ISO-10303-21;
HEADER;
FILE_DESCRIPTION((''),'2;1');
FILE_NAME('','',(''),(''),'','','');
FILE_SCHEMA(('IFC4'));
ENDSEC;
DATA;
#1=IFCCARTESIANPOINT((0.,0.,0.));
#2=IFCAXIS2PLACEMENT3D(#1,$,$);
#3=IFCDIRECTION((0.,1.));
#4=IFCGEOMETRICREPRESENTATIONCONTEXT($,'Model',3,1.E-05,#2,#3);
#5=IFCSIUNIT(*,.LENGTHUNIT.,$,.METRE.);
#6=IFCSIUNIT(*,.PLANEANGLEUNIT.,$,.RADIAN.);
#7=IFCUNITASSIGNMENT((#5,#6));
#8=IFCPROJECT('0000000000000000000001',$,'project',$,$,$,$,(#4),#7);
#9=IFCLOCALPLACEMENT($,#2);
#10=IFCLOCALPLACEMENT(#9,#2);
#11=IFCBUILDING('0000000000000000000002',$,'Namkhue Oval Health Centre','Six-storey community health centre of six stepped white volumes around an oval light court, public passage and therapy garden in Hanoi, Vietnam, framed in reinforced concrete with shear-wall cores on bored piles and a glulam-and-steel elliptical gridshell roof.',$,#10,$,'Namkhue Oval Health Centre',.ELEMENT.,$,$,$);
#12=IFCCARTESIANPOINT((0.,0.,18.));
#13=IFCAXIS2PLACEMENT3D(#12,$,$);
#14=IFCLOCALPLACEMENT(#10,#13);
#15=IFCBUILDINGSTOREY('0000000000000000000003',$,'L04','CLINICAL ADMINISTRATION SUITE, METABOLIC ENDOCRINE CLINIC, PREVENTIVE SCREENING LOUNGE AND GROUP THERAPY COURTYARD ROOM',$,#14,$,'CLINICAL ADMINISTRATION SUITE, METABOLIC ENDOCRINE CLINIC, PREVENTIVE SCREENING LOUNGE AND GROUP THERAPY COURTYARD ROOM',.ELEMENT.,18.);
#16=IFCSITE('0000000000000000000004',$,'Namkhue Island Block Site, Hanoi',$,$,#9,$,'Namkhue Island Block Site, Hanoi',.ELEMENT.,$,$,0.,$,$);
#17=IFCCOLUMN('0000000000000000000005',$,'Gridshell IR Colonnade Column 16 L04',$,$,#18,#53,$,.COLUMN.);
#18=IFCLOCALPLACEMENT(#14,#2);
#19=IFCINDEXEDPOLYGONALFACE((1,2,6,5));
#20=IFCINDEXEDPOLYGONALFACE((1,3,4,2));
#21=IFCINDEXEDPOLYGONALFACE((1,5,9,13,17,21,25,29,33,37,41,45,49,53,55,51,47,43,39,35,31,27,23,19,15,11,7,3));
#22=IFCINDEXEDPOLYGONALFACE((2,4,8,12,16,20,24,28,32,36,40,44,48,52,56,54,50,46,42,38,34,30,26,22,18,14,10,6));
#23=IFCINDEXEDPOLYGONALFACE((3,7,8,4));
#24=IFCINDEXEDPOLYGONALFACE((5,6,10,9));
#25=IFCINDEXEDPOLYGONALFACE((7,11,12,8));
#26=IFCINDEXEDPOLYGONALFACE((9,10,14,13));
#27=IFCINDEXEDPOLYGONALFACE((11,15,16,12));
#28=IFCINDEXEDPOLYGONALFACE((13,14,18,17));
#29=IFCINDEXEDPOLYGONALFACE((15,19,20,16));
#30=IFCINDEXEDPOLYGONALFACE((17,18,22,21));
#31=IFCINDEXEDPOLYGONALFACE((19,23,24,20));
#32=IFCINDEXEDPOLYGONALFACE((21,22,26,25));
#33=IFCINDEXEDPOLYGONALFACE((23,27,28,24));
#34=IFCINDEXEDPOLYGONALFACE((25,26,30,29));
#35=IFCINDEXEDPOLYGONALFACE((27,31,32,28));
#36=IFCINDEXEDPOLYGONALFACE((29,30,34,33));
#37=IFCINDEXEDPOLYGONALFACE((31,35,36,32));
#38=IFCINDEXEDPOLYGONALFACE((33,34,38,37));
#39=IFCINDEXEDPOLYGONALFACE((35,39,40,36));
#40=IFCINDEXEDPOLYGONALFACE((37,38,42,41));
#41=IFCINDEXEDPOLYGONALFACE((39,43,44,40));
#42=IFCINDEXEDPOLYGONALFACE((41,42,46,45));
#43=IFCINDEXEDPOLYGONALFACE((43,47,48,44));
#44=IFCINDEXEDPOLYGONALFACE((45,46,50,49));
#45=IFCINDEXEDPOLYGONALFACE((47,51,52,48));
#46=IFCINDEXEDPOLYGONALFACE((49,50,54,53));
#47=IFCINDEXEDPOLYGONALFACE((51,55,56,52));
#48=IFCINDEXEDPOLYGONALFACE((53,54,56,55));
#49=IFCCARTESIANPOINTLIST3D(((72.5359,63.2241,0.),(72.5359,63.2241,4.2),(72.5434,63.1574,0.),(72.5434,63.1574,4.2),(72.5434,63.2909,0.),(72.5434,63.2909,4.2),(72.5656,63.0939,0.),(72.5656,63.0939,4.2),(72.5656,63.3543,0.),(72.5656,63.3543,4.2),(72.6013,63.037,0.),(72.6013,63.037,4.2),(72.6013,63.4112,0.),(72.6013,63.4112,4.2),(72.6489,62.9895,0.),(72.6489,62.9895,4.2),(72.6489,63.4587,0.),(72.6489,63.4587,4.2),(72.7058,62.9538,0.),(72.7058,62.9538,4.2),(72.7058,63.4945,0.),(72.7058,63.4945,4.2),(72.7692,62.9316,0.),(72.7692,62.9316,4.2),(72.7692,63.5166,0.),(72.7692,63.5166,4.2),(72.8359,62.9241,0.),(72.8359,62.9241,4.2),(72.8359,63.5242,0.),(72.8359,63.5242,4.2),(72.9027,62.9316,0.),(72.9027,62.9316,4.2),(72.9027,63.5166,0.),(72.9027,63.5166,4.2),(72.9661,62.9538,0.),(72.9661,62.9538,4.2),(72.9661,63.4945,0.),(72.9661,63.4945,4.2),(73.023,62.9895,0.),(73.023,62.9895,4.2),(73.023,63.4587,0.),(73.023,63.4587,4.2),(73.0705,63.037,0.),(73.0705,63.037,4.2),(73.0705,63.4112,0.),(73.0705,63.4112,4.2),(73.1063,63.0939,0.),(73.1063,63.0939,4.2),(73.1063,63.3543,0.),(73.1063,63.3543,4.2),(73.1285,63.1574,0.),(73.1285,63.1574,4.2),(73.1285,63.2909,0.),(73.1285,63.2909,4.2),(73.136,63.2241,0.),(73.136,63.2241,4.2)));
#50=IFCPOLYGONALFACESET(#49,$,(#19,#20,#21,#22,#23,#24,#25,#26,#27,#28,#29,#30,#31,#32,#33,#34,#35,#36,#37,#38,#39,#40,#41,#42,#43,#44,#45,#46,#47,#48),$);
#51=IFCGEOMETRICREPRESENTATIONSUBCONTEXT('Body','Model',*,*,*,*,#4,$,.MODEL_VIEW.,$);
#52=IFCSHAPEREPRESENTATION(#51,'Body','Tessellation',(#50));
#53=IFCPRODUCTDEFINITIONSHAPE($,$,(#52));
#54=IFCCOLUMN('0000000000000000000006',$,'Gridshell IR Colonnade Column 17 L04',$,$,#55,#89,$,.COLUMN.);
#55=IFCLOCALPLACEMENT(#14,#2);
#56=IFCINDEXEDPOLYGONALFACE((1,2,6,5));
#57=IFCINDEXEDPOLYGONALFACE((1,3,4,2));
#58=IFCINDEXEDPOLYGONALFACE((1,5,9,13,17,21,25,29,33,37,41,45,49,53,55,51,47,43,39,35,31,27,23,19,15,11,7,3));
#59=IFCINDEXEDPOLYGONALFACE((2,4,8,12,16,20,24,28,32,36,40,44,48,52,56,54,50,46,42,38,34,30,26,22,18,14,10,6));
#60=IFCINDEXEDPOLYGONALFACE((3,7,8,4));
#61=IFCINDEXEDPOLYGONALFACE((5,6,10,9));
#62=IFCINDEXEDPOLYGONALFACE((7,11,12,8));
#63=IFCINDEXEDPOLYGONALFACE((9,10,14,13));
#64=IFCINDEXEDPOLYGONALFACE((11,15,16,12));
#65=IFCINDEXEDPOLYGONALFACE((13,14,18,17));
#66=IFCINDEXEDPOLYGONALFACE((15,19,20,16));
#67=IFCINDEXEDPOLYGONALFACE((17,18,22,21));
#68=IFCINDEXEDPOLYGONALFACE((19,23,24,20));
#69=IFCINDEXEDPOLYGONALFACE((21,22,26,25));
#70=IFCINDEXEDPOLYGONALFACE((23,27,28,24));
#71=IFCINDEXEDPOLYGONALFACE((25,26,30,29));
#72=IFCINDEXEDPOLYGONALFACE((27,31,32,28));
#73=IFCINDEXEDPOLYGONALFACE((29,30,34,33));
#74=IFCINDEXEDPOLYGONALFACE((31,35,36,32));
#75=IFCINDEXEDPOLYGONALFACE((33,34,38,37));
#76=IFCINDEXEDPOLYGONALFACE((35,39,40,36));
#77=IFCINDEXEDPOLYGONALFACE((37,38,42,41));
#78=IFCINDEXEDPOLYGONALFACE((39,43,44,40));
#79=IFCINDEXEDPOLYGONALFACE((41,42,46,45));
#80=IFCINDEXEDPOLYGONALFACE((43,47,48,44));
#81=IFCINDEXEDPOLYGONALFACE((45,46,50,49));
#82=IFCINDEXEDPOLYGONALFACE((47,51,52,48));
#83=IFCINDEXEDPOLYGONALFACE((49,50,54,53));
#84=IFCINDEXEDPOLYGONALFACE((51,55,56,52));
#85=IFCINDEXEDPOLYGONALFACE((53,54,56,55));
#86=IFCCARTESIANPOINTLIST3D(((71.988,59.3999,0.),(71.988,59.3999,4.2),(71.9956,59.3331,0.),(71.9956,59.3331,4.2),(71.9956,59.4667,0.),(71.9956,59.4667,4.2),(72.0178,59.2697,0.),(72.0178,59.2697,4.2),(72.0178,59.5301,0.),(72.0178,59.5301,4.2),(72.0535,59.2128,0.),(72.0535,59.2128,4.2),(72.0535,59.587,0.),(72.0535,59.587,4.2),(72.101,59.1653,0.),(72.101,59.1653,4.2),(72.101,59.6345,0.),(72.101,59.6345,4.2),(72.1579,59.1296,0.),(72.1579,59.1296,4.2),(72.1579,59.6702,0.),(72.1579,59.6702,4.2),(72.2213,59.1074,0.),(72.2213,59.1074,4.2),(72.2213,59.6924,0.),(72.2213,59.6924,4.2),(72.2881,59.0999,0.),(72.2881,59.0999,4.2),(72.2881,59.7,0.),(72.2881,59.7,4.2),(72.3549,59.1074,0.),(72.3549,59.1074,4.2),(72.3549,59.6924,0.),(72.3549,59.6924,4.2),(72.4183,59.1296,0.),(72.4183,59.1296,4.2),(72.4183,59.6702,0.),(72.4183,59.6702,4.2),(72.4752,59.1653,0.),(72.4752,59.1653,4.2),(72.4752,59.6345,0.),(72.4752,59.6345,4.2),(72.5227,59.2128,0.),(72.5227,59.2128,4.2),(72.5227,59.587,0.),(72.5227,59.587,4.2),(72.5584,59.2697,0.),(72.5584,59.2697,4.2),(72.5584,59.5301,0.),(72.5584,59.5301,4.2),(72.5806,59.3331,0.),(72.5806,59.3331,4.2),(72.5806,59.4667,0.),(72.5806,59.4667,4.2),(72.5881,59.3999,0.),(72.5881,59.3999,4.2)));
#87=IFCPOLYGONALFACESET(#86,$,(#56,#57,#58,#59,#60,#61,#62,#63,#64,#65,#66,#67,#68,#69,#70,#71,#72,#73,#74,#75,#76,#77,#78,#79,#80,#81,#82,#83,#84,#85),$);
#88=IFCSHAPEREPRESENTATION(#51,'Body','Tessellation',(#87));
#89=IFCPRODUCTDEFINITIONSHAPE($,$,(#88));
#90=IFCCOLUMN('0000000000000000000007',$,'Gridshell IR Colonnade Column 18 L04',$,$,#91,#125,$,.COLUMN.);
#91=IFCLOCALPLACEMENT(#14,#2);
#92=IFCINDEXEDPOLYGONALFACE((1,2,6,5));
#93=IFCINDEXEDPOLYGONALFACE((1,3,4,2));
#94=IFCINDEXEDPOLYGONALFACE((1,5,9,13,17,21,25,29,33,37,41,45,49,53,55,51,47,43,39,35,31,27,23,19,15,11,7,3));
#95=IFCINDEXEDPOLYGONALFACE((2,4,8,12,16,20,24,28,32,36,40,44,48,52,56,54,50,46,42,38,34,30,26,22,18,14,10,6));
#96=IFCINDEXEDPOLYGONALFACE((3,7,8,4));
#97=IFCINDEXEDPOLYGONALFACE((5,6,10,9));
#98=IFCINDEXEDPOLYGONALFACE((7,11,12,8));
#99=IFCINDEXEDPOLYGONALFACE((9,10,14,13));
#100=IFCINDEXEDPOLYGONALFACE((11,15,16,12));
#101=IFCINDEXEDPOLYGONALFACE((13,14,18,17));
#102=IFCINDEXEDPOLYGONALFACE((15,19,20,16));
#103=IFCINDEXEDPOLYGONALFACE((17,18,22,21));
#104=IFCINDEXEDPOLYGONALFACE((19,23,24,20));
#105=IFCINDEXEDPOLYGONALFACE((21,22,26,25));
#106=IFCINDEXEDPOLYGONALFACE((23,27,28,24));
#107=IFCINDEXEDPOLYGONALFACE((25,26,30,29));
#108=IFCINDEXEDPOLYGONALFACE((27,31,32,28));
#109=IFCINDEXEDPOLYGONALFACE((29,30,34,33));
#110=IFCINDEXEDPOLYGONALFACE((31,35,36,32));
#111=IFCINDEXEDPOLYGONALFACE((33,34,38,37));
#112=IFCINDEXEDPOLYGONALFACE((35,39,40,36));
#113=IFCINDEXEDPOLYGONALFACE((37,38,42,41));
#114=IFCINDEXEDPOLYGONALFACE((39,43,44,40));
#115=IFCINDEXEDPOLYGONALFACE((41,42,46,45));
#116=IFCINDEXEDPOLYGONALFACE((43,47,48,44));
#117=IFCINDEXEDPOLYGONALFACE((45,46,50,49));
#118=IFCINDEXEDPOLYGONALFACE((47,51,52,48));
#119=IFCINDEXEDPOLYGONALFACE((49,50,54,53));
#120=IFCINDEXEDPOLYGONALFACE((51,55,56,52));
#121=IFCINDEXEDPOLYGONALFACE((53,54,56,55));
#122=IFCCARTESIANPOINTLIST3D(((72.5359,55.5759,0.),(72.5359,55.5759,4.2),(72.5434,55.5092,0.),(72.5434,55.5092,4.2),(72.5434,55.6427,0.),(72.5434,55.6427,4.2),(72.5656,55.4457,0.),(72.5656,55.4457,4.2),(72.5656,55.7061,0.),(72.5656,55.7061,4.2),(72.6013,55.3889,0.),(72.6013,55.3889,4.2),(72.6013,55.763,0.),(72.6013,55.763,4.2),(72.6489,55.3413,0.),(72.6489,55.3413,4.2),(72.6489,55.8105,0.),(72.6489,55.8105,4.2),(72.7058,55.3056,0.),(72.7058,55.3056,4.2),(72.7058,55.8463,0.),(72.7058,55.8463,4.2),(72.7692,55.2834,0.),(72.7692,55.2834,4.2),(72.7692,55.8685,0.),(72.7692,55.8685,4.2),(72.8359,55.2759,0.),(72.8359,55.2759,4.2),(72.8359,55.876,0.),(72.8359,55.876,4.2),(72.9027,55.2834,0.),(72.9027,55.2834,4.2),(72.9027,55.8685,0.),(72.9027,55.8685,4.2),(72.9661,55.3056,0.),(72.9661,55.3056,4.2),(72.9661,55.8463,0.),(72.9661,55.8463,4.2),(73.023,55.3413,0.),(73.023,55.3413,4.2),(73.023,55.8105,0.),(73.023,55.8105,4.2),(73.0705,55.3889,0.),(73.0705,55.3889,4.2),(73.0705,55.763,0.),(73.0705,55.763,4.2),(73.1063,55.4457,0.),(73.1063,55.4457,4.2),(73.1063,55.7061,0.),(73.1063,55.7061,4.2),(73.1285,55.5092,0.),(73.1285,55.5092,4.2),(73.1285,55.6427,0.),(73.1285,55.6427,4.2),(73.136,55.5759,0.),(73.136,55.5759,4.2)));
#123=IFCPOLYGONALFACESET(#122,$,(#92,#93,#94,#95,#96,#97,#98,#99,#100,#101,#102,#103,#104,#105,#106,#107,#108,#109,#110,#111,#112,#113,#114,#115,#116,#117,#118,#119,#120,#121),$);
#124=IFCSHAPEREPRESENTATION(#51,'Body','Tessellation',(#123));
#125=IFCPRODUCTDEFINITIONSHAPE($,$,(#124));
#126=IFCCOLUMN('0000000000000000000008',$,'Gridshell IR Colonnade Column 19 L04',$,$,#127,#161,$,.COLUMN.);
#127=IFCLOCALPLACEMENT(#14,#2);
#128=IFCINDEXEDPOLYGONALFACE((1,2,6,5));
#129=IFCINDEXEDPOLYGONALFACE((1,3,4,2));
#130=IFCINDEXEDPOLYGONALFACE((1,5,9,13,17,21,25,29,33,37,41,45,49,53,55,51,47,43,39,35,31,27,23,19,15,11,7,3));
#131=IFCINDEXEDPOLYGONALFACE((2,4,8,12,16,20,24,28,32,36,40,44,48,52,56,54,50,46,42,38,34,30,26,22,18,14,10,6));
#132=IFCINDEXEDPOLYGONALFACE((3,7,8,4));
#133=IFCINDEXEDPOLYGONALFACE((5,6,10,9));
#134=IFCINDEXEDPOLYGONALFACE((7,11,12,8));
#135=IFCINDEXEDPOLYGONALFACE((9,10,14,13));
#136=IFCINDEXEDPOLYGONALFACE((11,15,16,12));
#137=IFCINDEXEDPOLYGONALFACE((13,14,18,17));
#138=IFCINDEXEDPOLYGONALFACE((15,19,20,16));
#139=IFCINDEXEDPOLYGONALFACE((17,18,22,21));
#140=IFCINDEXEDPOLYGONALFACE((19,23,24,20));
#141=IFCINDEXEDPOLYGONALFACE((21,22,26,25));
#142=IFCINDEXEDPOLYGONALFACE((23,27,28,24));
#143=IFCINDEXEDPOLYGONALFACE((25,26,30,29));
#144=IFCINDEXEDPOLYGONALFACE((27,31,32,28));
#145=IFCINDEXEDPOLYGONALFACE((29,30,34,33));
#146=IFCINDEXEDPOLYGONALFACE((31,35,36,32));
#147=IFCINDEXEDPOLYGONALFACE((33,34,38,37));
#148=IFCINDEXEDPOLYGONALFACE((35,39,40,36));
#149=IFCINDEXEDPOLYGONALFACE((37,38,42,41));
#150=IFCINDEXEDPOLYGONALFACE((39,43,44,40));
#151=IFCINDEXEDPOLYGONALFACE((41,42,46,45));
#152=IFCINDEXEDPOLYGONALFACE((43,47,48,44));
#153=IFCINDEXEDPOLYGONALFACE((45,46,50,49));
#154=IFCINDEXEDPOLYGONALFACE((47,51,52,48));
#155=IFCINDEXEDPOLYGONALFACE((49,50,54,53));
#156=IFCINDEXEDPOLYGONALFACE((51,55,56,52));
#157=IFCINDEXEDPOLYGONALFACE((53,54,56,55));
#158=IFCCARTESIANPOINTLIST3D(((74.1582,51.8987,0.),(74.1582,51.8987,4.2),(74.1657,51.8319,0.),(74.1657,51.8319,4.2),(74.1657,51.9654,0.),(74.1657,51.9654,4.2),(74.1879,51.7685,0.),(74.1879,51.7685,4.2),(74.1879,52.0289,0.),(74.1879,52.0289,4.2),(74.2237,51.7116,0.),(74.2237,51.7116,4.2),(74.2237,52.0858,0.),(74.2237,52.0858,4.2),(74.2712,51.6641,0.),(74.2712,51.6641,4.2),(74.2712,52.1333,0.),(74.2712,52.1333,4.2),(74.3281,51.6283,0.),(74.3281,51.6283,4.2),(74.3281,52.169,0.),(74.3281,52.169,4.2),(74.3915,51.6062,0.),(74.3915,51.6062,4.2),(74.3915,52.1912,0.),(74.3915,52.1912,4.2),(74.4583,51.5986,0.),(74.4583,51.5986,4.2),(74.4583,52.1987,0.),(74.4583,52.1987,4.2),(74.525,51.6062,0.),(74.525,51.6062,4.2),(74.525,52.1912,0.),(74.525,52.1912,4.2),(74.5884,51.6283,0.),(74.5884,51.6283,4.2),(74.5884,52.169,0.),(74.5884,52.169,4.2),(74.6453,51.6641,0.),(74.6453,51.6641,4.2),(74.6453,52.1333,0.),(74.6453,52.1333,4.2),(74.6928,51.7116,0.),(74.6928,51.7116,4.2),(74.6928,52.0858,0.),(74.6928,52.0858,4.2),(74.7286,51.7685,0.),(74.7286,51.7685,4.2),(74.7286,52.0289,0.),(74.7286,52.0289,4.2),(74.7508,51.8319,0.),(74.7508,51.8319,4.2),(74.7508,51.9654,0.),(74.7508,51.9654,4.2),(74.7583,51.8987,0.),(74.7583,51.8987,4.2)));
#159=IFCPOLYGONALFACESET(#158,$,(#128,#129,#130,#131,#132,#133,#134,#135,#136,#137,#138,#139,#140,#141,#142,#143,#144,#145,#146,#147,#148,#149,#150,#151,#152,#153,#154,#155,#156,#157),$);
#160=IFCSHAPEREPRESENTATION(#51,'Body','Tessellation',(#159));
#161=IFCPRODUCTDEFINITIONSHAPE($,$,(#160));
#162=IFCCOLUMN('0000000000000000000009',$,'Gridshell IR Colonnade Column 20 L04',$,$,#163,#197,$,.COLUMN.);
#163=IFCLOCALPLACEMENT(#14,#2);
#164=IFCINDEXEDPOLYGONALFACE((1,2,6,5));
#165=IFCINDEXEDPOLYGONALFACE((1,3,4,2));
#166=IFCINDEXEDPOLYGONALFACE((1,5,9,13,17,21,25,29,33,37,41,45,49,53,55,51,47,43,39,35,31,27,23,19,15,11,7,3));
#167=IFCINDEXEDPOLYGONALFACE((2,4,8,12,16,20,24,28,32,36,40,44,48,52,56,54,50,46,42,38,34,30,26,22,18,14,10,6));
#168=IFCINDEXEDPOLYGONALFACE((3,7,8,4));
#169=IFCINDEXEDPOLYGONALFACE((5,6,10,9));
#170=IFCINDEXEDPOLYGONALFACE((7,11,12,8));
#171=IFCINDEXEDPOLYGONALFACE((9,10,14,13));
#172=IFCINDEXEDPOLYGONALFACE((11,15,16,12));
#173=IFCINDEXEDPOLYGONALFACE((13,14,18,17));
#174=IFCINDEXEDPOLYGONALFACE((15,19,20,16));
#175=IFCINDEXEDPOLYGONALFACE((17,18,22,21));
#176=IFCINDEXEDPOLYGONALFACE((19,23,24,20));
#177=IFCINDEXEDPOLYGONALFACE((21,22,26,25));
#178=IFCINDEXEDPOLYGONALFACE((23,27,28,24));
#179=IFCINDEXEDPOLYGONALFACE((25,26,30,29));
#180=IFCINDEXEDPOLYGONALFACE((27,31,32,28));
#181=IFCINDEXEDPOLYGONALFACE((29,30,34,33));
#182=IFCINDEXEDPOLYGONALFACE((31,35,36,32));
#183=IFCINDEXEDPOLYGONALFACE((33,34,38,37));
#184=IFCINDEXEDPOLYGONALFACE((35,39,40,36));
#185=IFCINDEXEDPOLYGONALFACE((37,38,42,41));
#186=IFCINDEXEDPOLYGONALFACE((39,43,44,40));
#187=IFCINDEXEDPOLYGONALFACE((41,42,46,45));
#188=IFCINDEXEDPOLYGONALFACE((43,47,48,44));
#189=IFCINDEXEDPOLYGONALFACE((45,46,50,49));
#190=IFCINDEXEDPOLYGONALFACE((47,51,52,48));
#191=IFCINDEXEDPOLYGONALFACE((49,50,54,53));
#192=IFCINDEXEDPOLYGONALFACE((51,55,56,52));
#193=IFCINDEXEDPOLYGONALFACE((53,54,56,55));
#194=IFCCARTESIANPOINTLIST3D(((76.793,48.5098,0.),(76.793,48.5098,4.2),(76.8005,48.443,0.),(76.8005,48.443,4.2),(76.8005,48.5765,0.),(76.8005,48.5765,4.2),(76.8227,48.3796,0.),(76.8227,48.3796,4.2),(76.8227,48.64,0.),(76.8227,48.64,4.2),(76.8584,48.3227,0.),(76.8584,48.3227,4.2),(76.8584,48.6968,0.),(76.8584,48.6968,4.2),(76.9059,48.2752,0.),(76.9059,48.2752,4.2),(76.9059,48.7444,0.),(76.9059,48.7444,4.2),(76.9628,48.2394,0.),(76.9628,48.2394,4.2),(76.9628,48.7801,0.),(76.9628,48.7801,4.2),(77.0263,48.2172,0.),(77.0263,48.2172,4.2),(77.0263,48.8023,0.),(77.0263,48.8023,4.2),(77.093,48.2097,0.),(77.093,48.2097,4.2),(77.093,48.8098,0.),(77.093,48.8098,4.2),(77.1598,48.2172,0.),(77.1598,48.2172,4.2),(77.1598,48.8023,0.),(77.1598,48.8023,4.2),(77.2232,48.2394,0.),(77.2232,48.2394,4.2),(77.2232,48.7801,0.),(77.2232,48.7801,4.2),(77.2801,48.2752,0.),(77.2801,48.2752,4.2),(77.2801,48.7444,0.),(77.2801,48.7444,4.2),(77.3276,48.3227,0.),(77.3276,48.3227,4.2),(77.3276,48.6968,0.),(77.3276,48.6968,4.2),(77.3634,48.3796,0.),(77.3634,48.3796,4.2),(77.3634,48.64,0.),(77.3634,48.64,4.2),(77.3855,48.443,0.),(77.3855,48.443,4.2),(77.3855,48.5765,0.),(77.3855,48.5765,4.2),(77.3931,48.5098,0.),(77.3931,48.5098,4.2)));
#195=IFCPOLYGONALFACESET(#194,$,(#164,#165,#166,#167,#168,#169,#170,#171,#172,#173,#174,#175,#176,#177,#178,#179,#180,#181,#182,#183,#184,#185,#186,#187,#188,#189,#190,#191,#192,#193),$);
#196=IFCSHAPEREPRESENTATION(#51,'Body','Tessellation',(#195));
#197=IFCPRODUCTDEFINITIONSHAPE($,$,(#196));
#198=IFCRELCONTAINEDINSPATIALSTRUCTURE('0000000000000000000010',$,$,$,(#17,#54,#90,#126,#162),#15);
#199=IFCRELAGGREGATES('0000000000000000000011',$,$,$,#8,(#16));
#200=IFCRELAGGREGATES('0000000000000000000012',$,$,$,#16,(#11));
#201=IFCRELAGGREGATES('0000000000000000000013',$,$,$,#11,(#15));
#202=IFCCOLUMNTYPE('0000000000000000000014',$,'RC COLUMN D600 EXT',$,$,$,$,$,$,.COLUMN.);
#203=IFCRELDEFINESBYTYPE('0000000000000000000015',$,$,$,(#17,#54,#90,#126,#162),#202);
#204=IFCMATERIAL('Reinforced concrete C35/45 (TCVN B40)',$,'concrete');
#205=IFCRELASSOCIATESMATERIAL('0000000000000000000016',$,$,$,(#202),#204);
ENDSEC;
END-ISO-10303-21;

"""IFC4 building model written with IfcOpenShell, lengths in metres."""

from ifc_helpers import new_model, si_unit, direction, frame, origin, origin_2d, place, context, subcontext, project, spatial, circle, extrude, material, material_profile, profile_set, type_object, element, save


model = new_model("IFC4")

# Units and contexts
model_context = context("Model", 3, precision=1e-05, world=origin(), true_north=direction((0.0, 1.0)))
body_context = subcontext(model_context, "Body", "Model", "MODEL_VIEW")
ifc_project = project(units=[si_unit("LENGTHUNIT", "METRE"), si_unit("PLANEANGLEUNIT", "RADIAN")], contexts=[model_context])

# Site, building, storey
site_placement = place(None, origin())
site = spatial("IfcSite", under=ifc_project, at=site_placement, Name="Namkhue Island Block Site, Hanoi", LongName="Namkhue Island Block Site, Hanoi", CompositionType="ELEMENT", RefElevation=0.0)
building_placement = place(site_placement, origin())
building = spatial("IfcBuilding", under=site, at=building_placement, Name="Namkhue Oval Health Centre", Description="Six-storey community health centre of six stepped white volumes around an oval light court, public passage and therapy garden in Hanoi, Vietnam, framed in reinforced concrete with shear-wall cores on bored piles and a glulam-and-steel elliptical gridshell roof.", LongName="Namkhue Oval Health Centre", CompositionType="ELEMENT")
storey_placement = place(building_placement, frame((0.0, 0.0, 18.0)))
storey = spatial("IfcBuildingStorey", under=building, at=storey_placement, Name="L04", Description="CLINICAL ADMINISTRATION SUITE, METABOLIC ENDOCRINE CLINIC, PREVENTIVE SCREENING LOUNGE AND GROUP THERAPY COURTYARD ROOM", LongName="CLINICAL ADMINISTRATION SUITE, METABOLIC ENDOCRINE CLINIC, PREVENTIVE SCREENING LOUNGE AND GROUP THERAPY COURTYARD ROOM", CompositionType="ELEMENT", Elevation=18.0)

# Columns
ifc_material_1 = material(Name="Reinforced concrete C35/45 (TCVN B40)", Category="concrete")
ifc_material_profile_1 = material_profile(ifc_material_1, circle(Radius=0.3, at=origin_2d()), Name="RC D600")
ifc_profile_set_1 = profile_set([ifc_material_profile_1], Name="Reinforced concrete C35/45 (TCVN B40)")
column_type_1 = type_object("IfcColumnType", Name="RC COLUMN D600 EXT", PredefinedType="COLUMN", material=ifc_profile_set_1)
for number, where, z_axis, x_axis, name in (
    (1, (72.8359, 63.2241, 0.0), (0.0, 0.0, 1.0), (1.0, 0.0, 0.0), "Gridshell IR Colonnade Column 16 L04"),
    (2, (72.2881, 59.3999, 0.0), (0.0, 0.0, 1.0), (1.0, 0.0, 0.0), "Gridshell IR Colonnade Column 17 L04"),
    (3, (72.8359, 55.5759, 0.0), (0.0, 0.0, 1.0), (1.0, 0.0, 0.0), "Gridshell IR Colonnade Column 18 L04"),
    (4, (74.4583, 51.8987, 0.0), (0.0, 0.0, 1.0), (1.0, 0.0, 0.0), "Gridshell IR Colonnade Column 19 L04"),
    (5, (77.093, 48.5098, 0.0), (0.0, 0.0, 1.0), (1.0, 0.0, 0.0), "Gridshell IR Colonnade Column 20 L04"),
):
    element("IfcColumn", number, at=place(storey_placement, frame(where, z_axis=z_axis, x_axis=x_axis)), inside=storey, type_object=column_type_1, Name=name, PredefinedType="COLUMN", context=body_context, shape_type="SweptSolid", body=[
        extrude(circle(Radius=0.3, at=origin_2d()), origin(), (0.0, 0.0, 1.0), 4.2),
    ])

save(model, "model.ifc")
